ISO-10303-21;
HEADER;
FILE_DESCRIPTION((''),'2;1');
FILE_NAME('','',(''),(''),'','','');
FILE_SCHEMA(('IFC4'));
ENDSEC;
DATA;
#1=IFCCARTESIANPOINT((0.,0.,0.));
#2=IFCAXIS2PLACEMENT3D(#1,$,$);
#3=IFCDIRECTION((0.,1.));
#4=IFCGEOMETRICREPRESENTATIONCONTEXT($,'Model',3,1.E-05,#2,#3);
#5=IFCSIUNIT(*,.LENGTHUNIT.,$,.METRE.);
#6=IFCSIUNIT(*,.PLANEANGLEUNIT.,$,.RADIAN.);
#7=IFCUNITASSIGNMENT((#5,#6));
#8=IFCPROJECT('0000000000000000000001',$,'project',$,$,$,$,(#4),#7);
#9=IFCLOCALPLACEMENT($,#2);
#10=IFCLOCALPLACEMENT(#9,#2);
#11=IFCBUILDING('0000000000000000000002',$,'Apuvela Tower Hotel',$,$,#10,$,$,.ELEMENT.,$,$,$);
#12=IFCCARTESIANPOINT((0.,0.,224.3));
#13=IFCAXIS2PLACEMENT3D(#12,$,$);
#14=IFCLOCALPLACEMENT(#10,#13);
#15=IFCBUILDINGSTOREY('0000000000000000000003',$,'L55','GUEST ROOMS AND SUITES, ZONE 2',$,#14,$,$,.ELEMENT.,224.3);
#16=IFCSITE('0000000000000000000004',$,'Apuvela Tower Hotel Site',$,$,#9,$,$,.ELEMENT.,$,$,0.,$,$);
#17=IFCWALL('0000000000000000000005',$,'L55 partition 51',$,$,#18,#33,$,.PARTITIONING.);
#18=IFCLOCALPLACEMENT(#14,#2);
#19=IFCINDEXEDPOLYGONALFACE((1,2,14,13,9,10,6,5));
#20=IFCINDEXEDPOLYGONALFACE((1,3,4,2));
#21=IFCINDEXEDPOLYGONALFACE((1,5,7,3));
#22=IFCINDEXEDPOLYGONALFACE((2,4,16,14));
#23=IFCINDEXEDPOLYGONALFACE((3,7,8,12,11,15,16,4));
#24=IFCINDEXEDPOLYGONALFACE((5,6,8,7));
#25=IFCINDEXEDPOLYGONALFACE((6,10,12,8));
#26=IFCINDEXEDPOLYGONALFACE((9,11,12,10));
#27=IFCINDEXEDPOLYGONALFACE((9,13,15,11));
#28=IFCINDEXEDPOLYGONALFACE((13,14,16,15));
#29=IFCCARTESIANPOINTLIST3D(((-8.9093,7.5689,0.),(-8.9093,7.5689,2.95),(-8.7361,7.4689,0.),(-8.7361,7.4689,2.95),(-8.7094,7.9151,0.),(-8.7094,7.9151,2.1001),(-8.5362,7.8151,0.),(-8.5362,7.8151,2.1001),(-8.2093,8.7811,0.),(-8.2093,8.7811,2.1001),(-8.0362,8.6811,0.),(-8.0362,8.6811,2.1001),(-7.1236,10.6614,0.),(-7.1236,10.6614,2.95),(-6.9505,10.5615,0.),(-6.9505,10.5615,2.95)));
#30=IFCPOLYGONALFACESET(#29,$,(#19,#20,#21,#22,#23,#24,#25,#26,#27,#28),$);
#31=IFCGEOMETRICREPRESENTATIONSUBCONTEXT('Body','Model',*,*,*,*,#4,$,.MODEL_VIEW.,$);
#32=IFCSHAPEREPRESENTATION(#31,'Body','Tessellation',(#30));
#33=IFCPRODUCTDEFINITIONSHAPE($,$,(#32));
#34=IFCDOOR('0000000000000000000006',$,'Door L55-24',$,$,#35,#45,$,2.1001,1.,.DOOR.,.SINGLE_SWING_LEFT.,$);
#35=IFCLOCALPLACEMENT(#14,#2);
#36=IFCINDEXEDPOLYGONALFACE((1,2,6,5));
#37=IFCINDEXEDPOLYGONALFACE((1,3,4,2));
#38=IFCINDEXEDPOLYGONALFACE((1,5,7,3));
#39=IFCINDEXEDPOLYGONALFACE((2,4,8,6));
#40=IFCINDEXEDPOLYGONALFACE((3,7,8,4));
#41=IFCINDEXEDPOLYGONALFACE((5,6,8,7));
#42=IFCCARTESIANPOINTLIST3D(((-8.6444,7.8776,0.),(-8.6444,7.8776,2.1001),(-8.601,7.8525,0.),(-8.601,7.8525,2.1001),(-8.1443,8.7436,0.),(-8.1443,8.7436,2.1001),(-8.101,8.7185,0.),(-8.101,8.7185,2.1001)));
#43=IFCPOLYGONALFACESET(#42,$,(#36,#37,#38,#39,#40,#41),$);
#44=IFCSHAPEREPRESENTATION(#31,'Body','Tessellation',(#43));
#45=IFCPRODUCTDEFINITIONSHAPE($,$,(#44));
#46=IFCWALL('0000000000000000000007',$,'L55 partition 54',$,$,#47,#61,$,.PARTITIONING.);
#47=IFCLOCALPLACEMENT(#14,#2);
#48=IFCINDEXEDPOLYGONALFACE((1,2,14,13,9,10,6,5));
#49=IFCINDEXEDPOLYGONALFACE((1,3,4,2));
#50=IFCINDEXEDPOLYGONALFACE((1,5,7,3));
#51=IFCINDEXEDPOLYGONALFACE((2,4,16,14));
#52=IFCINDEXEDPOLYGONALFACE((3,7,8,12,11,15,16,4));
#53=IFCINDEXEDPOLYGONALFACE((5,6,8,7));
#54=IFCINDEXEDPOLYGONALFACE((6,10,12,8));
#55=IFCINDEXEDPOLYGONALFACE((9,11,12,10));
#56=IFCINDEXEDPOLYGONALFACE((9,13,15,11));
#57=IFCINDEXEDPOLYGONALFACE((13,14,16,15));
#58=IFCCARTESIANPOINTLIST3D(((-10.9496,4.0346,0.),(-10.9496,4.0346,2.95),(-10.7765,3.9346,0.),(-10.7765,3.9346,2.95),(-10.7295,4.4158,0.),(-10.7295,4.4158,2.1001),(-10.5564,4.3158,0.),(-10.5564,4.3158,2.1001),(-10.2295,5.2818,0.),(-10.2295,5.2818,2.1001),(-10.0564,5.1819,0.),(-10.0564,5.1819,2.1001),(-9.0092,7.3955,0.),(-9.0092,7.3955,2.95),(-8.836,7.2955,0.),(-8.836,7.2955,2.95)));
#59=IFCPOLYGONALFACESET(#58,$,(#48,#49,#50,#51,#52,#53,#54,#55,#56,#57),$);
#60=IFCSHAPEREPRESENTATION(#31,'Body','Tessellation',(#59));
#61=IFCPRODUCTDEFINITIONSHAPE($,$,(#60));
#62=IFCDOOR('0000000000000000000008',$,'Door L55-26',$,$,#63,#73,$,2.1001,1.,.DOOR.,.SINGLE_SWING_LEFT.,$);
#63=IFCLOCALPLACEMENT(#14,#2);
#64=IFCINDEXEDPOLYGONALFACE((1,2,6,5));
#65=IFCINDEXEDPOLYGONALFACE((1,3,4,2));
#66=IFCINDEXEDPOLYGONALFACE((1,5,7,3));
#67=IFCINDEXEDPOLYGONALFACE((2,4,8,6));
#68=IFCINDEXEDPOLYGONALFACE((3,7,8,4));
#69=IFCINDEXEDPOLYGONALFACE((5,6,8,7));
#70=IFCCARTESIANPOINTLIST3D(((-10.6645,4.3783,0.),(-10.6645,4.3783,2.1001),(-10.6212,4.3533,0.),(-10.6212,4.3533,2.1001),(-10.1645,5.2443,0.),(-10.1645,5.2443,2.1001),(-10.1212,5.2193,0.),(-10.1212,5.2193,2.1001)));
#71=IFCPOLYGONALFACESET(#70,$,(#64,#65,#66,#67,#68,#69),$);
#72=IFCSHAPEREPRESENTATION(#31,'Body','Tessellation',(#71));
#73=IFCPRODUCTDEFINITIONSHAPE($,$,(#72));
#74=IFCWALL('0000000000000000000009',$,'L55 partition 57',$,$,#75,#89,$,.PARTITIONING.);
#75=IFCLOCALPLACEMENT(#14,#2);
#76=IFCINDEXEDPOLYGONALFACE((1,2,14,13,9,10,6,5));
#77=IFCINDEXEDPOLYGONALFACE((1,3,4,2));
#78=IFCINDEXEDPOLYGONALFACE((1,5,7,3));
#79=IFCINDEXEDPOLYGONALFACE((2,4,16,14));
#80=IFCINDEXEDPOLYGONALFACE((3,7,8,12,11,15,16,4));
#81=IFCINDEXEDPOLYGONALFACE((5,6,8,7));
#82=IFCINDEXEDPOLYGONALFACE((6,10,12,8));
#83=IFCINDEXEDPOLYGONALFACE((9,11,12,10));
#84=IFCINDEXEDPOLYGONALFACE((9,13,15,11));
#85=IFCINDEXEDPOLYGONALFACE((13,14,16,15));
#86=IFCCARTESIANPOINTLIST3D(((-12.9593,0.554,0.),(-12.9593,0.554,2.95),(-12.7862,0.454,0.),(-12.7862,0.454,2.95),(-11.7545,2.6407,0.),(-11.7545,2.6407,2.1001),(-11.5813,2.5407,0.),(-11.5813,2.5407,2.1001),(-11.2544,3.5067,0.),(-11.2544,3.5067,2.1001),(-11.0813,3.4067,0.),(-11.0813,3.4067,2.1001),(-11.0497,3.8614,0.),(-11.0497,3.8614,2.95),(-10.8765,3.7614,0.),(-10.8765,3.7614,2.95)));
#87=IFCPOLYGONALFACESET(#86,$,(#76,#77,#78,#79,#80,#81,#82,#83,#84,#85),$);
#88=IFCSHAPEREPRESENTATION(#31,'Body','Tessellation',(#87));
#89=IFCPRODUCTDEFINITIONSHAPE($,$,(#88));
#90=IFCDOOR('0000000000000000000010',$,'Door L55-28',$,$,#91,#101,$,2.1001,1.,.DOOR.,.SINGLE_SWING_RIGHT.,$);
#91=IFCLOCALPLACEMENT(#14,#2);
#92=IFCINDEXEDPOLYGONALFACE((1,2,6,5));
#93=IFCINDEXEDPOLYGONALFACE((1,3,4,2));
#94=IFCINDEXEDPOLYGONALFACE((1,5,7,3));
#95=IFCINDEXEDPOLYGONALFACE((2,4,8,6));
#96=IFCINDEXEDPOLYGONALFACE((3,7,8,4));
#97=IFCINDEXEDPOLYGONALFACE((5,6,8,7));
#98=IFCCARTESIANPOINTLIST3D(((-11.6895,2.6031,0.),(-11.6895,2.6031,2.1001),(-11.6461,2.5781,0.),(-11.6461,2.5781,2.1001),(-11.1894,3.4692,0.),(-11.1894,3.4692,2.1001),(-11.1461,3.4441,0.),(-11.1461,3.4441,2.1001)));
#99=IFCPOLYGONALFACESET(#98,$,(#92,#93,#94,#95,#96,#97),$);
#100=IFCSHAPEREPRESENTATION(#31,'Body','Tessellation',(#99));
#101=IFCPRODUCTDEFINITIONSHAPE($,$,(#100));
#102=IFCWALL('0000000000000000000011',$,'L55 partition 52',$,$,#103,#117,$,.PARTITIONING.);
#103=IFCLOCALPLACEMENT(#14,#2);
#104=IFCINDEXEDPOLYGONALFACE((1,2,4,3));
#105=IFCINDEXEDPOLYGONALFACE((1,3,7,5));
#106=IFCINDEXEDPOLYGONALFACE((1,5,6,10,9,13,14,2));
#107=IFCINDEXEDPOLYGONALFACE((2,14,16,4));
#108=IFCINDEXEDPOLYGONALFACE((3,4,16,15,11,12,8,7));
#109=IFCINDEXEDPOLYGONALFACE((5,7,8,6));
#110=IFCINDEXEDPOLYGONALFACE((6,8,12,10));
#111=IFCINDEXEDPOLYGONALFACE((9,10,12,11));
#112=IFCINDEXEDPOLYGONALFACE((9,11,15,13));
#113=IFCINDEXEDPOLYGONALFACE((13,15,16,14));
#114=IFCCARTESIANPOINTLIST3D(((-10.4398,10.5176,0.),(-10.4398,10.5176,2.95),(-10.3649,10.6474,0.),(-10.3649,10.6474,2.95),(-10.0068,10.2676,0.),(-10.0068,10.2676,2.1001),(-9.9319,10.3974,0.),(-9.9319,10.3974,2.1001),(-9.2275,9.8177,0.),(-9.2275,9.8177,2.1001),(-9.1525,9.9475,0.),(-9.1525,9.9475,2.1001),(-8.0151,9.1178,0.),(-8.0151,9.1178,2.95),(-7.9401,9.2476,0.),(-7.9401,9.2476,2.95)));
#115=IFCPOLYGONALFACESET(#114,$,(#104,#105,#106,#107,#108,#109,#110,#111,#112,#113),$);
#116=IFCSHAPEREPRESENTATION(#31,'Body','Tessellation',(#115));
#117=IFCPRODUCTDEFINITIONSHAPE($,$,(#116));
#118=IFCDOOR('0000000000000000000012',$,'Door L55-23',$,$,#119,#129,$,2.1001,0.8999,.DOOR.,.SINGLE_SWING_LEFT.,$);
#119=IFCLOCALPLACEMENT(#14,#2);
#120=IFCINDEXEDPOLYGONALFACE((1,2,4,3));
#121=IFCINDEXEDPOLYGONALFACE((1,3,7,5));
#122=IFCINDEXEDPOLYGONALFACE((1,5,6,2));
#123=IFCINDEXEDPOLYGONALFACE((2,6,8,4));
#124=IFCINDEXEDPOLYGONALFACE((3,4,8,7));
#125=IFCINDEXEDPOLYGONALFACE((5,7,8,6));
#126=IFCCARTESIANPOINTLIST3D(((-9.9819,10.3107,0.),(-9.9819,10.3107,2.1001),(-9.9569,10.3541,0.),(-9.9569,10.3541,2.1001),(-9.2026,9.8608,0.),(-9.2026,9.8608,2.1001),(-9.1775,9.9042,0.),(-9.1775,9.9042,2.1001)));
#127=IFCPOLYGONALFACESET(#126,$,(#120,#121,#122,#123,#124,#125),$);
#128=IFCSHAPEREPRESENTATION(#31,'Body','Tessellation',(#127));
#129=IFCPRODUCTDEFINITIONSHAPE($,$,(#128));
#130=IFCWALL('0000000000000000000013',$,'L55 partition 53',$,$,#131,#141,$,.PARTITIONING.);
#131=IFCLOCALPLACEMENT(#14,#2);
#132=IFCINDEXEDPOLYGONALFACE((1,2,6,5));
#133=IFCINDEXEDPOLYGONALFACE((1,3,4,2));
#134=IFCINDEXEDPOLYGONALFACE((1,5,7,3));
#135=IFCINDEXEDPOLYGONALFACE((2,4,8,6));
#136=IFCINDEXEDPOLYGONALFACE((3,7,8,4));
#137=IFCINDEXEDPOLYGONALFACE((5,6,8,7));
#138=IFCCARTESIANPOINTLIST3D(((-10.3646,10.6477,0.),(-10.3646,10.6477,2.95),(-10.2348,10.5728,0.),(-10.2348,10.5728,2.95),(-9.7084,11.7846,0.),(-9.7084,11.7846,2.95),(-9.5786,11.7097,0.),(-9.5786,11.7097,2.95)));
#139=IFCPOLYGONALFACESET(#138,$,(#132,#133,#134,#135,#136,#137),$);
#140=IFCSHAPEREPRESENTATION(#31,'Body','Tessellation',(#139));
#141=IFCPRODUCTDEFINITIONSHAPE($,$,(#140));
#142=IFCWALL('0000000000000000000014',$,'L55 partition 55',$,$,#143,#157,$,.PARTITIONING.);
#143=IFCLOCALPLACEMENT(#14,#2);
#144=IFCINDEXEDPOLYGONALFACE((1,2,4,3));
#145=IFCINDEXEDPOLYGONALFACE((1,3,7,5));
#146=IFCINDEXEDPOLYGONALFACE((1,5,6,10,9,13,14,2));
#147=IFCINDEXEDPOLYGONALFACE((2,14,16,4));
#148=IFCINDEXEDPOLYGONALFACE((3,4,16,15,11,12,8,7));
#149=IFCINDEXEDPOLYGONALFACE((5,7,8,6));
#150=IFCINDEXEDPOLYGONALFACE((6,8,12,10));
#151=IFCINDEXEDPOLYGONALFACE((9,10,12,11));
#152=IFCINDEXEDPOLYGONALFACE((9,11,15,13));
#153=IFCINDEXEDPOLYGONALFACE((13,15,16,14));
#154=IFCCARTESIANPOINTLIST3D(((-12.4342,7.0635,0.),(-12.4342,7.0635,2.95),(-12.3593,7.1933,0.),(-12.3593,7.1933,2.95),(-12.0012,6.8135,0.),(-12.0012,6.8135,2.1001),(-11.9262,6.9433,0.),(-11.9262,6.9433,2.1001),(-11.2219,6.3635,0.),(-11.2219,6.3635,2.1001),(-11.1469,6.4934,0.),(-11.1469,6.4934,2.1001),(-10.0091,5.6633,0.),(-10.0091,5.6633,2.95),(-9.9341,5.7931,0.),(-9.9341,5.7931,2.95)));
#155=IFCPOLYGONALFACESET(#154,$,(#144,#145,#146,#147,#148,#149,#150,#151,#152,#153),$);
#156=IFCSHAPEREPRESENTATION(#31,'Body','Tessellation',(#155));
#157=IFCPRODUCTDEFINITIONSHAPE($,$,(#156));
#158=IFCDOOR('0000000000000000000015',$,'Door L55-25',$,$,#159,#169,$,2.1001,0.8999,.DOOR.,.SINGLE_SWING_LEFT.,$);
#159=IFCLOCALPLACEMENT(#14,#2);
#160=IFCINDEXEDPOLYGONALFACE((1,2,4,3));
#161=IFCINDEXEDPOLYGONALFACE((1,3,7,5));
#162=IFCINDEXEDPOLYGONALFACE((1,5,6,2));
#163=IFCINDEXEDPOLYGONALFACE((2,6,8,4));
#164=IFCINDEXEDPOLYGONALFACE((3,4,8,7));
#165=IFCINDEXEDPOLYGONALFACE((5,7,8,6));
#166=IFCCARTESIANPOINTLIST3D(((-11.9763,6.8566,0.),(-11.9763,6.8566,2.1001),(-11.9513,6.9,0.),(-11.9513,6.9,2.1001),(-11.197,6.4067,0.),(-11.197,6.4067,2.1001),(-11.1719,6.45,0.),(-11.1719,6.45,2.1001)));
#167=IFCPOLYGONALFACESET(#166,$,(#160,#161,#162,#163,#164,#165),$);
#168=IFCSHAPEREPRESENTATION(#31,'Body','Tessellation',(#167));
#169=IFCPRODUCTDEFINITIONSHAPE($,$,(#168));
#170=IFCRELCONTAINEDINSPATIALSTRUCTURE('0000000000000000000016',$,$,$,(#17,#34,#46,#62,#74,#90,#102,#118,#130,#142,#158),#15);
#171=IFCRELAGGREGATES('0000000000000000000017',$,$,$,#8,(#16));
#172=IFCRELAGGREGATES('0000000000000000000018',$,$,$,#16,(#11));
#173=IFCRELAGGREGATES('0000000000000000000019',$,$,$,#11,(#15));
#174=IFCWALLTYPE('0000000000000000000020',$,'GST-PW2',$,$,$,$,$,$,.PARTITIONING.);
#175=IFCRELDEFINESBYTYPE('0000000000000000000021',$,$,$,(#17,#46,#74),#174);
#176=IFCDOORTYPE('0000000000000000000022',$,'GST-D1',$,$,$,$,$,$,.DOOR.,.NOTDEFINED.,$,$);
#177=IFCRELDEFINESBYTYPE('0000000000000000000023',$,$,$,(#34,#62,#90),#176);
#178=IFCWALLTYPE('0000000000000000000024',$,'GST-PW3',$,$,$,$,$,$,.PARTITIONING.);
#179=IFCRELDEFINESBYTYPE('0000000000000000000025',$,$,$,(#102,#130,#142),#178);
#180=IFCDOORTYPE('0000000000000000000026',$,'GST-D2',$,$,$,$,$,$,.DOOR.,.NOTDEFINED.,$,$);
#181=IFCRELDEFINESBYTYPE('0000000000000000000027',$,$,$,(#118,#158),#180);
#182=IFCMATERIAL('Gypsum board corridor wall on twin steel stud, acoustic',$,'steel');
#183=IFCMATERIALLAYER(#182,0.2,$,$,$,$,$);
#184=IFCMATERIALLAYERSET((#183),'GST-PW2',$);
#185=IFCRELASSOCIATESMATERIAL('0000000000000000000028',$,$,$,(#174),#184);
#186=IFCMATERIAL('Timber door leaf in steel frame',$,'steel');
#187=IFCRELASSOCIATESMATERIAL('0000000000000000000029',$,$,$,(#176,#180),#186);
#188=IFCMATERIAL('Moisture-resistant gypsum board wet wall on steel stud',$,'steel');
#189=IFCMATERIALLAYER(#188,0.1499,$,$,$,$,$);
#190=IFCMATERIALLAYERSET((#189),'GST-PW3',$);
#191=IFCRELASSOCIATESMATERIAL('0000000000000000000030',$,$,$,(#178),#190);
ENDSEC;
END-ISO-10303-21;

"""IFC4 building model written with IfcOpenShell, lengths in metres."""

from ifc_helpers import new_model, si_unit, direction, frame, frame_2d, origin, place, context, subcontext, project, spatial, rectangle, extrude, material, layer, layer_set, type_object, element, fill, save


model = new_model("IFC4")

# Units and contexts
model_context = context("Model", 3, precision=1e-05, world=origin(), true_north=direction((0.0, 1.0)))
body_context = subcontext(model_context, "Body", "Model", "MODEL_VIEW")
ifc_project = project(units=[si_unit("LENGTHUNIT", "METRE"), si_unit("PLANEANGLEUNIT", "RADIAN")], contexts=[model_context])

# Site, building, storey
site_placement = place(None, origin())
site = spatial("IfcSite", under=ifc_project, at=site_placement, Name="Apuvela Tower Hotel Site", CompositionType="ELEMENT", RefElevation=0.0)
building_placement = place(site_placement, origin())
building = spatial("IfcBuilding", under=site, at=building_placement, Name="Apuvela Tower Hotel", CompositionType="ELEMENT")
storey_placement = place(building_placement, frame((0.0, 0.0, 224.3)))
storey = spatial("IfcBuildingStorey", under=building, at=storey_placement, Name="L55", Description="GUEST ROOMS AND SUITES, ZONE 2", CompositionType="ELEMENT", Elevation=224.3)

# Walls, openings, doors
ifc_material_1 = material(Name="Gypsum board corridor wall on twin steel stud, acoustic", Category="steel")
ifc_layer_1 = layer(ifc_material_1, 0.2)
ifc_layer_set_1 = layer_set([ifc_layer_1], Name="GST-PW2")
wall_type_1 = type_object("IfcWallType", Name="GST-PW2", PredefinedType="PARTITIONING", material=ifc_layer_set_1)
ifc_material_2 = material(Name="Timber door leaf in steel frame", Category="steel")
door_type_1 = type_object("IfcDoorType", Name="GST-D1", OperationType="NOTDEFINED", PredefinedType="DOOR", material=ifc_material_2)
wall_1_placement = place(storey_placement, frame((-8.8228, 7.5188, 0.0), z_axis=(0.0, 0.0, 1.0), x_axis=(0.500036, 0.866005, 0.0)))
wall_1 = element("IfcWall", 1, at=wall_1_placement, inside=storey, type_object=wall_type_1, Name="L55 partition 51", PredefinedType="PARTITIONING", context=body_context, shape_type="SweptSolid", body=[
    extrude(rectangle(XDim=3.571, YDim=0.2, at=frame_2d((1.7856, 0.0))), origin(), (0.0, 0.0, 1.0), 2.95),
])
opening_1_placement = place(wall_1_placement, frame((0.3999, 0.0, 0.0)))
opening_1 = element("IfcOpeningElement", 2, at=opening_1_placement, cuts=wall_1, PredefinedType="OPENING", context=body_context, shape_type="SweptSolid", body=[
    extrude(rectangle(XDim=1.0, YDim=2.1001, at=frame_2d((0.5, 1.05))), frame((0.0, 0.1099, 0.0), z_axis=(0.0, -1.0, 0.0), x_axis=(1.0, 0.0, 0.0)), (0.0, 0.0, 1.0), 0.22),
])
door_1_placement = place(opening_1_placement, origin())
door_1 = element("IfcDoor", 3, at=door_1_placement, inside=storey, type_object=door_type_1, Name="Door L55-24", OperationType="SINGLE_SWING_LEFT", OverallHeight=2.1001, OverallWidth=1.0, PredefinedType="DOOR", context=body_context, shape_type="SweptSolid", body=[
    extrude(rectangle(XDim=1.0, YDim=2.1001, at=frame_2d((0.5, 1.05))), frame((0.0, 0.0249, 0.0), z_axis=(0.0, -1.0, 0.0), x_axis=(1.0, 0.0, 0.0)), (0.0, 0.0, 1.0), 0.05),
])
fill(opening_1, door_1)
wall_2_placement = place(storey_placement, frame((-10.863, 3.9846, 0.0), z_axis=(0.0, 0.0, 1.0), x_axis=(0.500009, 0.86602, 0.0)))
wall_2 = element("IfcWall", 4, at=wall_2_placement, inside=storey, type_object=wall_type_1, Name="L55 partition 54", PredefinedType="PARTITIONING", context=body_context, shape_type="SweptSolid", body=[
    extrude(rectangle(XDim=3.8809, YDim=0.2, at=frame_2d((1.9404, 0.0))), origin(), (0.0, 0.0, 1.0), 2.95),
])
opening_2_placement = place(wall_2_placement, frame((0.4402, 0.0, 0.0)))
opening_2 = element("IfcOpeningElement", 5, at=opening_2_placement, cuts=wall_2, PredefinedType="OPENING", context=body_context, shape_type="SweptSolid", body=[
    extrude(rectangle(XDim=1.0, YDim=2.1001, at=frame_2d((0.5, 1.05))), frame((0.0, 0.1099, 0.0), z_axis=(0.0, -1.0, 0.0), x_axis=(1.0, 0.0, 0.0)), (0.0, 0.0, 1.0), 0.22),
])
door_2_placement = place(opening_2_placement, origin())
door_2 = element("IfcDoor", 6, at=door_2_placement, inside=storey, type_object=door_type_1, Name="Door L55-26", OperationType="SINGLE_SWING_LEFT", OverallHeight=2.1001, OverallWidth=1.0, PredefinedType="DOOR", context=body_context, shape_type="SweptSolid", body=[
    extrude(rectangle(XDim=1.0, YDim=2.1001, at=frame_2d((0.5, 1.05))), frame((0.0, 0.0249, 0.0), z_axis=(0.0, -1.0, 0.0), x_axis=(1.0, 0.0, 0.0)), (0.0, 0.0, 1.0), 0.05),
])
fill(opening_2, door_2)
wall_3_placement = place(storey_placement, frame((-12.8728, 0.5039, 0.0), z_axis=(0.0, 0.0, 1.0), x_axis=(0.50003, 0.866008, 0.0)))
wall_3 = element("IfcWall", 7, at=wall_3_placement, inside=storey, type_object=wall_type_1, Name="L55 partition 57", PredefinedType="PARTITIONING", context=body_context, shape_type="SweptSolid", body=[
    extrude(rectangle(XDim=3.8191, YDim=0.2, at=frame_2d((1.9097, 0.0))), origin(), (0.0, 0.0, 1.0), 2.95),
])
opening_3_placement = place(wall_3_placement, frame((2.4097, 0.0, 0.0)))
opening_3 = element("IfcOpeningElement", 8, at=opening_3_placement, cuts=wall_3, PredefinedType="OPENING", context=body_context, shape_type="SweptSolid", body=[
    extrude(rectangle(XDim=1.0, YDim=2.1001, at=frame_2d((0.5, 1.05))), frame((0.0, 0.1099, 0.0), z_axis=(0.0, -1.0, 0.0), x_axis=(1.0, 0.0, 0.0)), (0.0, 0.0, 1.0), 0.22),
])
door_3_placement = place(opening_3_placement, origin())
door_3 = element("IfcDoor", 9, at=door_3_placement, inside=storey, type_object=door_type_1, Name="Door L55-28", OperationType="SINGLE_SWING_RIGHT", OverallHeight=2.1001, OverallWidth=1.0, PredefinedType="DOOR", context=body_context, shape_type="SweptSolid", body=[
    extrude(rectangle(XDim=1.0, YDim=2.1001, at=frame_2d((0.5, 1.05))), frame((0.0, 0.0249, 0.0), z_axis=(0.0, -1.0, 0.0), x_axis=(1.0, 0.0, 0.0)), (0.0, 0.0, 1.0), 0.05),
])
fill(opening_3, door_3)
ifc_material_3 = material(Name="Moisture-resistant gypsum board wet wall on steel stud", Category="steel")
ifc_layer_2 = layer(ifc_material_3, 0.1499)
ifc_layer_set_2 = layer_set([ifc_layer_2], Name="GST-PW3")
wall_type_2 = type_object("IfcWallType", Name="GST-PW3", PredefinedType="PARTITIONING", material=ifc_layer_set_2)
wall_4_placement = place(storey_placement, frame((-10.4023, 10.5825, 0.0), z_axis=(0.0, 0.0, 1.0), x_axis=(0.866035, -0.499984, 0.0)))
wall_4 = element("IfcWall", 10, at=wall_4_placement, inside=storey, type_object=wall_type_2, Name="L55 partition 52", PredefinedType="PARTITIONING", context=body_context, shape_type="SweptSolid", body=[
    extrude(rectangle(XDim=2.7998, YDim=0.1499, at=frame_2d((1.3999, 0.0))), origin(), (0.0, 0.0, 1.0), 2.95),
])
opening_4_placement = place(wall_4_placement, frame((0.5, 0.0, 0.0)))
opening_4 = element("IfcOpeningElement", 11, at=opening_4_placement, cuts=wall_4, PredefinedType="OPENING", context=body_context, shape_type="SweptSolid", body=[
    extrude(rectangle(XDim=0.8999, YDim=2.1001, at=frame_2d((0.45, 1.05))), frame((0.0, 0.085, 0.0), z_axis=(0.0, -1.0, 0.0), x_axis=(1.0, 0.0, 0.0)), (0.0, 0.0, 1.0), 0.1699),
])
door_type_2 = type_object("IfcDoorType", Name="GST-D2", OperationType="NOTDEFINED", PredefinedType="DOOR", material=ifc_material_2)
door_4_placement = place(opening_4_placement, origin())
door_4 = element("IfcDoor", 12, at=door_4_placement, inside=storey, type_object=door_type_2, Name="Door L55-23", OperationType="SINGLE_SWING_LEFT", OverallHeight=2.1001, OverallWidth=0.8999, PredefinedType="DOOR", context=body_context, shape_type="SweptSolid", body=[
    extrude(rectangle(XDim=0.8999, YDim=2.1001, at=frame_2d((0.45, 1.05))), frame((0.0, 0.0249, 0.0), z_axis=(0.0, -1.0, 0.0), x_axis=(1.0, 0.0, 0.0)), (0.0, 0.0, 1.0), 0.05),
])
fill(opening_4, door_4)

# Wall
wall_5_placement = place(storey_placement, frame((-9.6436, 11.7471, 0.0), z_axis=(0.0, 0.0, 1.0), x_axis=(-0.4999, -0.866083, 0.0)))
element("IfcWall", 13, at=wall_5_placement, inside=storey, type_object=wall_type_2, Name="L55 partition 53", PredefinedType="PARTITIONING", context=body_context, shape_type="SweptSolid", body=[
    extrude(rectangle(XDim=1.3127, YDim=0.1499, at=frame_2d((0.6562, 0.0))), origin(), (0.0, 0.0, 1.0), 2.95),
])

# Wall, opening, door
wall_6_placement = place(storey_placement, frame((-12.3967, 7.1284, 0.0), z_axis=(0.0, 0.0, 1.0), x_axis=(0.866019, -0.500012, 0.0)))
wall_6 = element("IfcWall", 14, at=wall_6_placement, inside=storey, type_object=wall_type_2, Name="L55 partition 55", PredefinedType="PARTITIONING", context=body_context, shape_type="SweptSolid", body=[
    extrude(rectangle(XDim=2.8003, YDim=0.1499, at=frame_2d((1.4001, 0.0))), origin(), (0.0, 0.0, 1.0), 2.95),
])
opening_5_placement = place(wall_6_placement, frame((0.5, 0.0, 0.0)))
opening_5 = element("IfcOpeningElement", 15, at=opening_5_placement, cuts=wall_6, PredefinedType="OPENING", context=body_context, shape_type="SweptSolid", body=[
    extrude(rectangle(XDim=0.8999, YDim=2.1001, at=frame_2d((0.45, 1.05))), frame((0.0, 0.085, 0.0), z_axis=(0.0, -1.0, 0.0), x_axis=(1.0, 0.0, 0.0)), (0.0, 0.0, 1.0), 0.1699),
])
door_5_placement = place(opening_5_placement, origin())
door_5 = element("IfcDoor", 16, at=door_5_placement, inside=storey, type_object=door_type_2, Name="Door L55-25", OperationType="SINGLE_SWING_LEFT", OverallHeight=2.1001, OverallWidth=0.8999, PredefinedType="DOOR", context=body_context, shape_type="SweptSolid", body=[
    extrude(rectangle(XDim=0.8999, YDim=2.1001, at=frame_2d((0.45, 1.05))), frame((0.0, 0.0249, 0.0), z_axis=(0.0, -1.0, 0.0), x_axis=(1.0, 0.0, 0.0)), (0.0, 0.0, 1.0), 0.05),
])
fill(opening_5, door_5)

save(model, "model.ifc")
